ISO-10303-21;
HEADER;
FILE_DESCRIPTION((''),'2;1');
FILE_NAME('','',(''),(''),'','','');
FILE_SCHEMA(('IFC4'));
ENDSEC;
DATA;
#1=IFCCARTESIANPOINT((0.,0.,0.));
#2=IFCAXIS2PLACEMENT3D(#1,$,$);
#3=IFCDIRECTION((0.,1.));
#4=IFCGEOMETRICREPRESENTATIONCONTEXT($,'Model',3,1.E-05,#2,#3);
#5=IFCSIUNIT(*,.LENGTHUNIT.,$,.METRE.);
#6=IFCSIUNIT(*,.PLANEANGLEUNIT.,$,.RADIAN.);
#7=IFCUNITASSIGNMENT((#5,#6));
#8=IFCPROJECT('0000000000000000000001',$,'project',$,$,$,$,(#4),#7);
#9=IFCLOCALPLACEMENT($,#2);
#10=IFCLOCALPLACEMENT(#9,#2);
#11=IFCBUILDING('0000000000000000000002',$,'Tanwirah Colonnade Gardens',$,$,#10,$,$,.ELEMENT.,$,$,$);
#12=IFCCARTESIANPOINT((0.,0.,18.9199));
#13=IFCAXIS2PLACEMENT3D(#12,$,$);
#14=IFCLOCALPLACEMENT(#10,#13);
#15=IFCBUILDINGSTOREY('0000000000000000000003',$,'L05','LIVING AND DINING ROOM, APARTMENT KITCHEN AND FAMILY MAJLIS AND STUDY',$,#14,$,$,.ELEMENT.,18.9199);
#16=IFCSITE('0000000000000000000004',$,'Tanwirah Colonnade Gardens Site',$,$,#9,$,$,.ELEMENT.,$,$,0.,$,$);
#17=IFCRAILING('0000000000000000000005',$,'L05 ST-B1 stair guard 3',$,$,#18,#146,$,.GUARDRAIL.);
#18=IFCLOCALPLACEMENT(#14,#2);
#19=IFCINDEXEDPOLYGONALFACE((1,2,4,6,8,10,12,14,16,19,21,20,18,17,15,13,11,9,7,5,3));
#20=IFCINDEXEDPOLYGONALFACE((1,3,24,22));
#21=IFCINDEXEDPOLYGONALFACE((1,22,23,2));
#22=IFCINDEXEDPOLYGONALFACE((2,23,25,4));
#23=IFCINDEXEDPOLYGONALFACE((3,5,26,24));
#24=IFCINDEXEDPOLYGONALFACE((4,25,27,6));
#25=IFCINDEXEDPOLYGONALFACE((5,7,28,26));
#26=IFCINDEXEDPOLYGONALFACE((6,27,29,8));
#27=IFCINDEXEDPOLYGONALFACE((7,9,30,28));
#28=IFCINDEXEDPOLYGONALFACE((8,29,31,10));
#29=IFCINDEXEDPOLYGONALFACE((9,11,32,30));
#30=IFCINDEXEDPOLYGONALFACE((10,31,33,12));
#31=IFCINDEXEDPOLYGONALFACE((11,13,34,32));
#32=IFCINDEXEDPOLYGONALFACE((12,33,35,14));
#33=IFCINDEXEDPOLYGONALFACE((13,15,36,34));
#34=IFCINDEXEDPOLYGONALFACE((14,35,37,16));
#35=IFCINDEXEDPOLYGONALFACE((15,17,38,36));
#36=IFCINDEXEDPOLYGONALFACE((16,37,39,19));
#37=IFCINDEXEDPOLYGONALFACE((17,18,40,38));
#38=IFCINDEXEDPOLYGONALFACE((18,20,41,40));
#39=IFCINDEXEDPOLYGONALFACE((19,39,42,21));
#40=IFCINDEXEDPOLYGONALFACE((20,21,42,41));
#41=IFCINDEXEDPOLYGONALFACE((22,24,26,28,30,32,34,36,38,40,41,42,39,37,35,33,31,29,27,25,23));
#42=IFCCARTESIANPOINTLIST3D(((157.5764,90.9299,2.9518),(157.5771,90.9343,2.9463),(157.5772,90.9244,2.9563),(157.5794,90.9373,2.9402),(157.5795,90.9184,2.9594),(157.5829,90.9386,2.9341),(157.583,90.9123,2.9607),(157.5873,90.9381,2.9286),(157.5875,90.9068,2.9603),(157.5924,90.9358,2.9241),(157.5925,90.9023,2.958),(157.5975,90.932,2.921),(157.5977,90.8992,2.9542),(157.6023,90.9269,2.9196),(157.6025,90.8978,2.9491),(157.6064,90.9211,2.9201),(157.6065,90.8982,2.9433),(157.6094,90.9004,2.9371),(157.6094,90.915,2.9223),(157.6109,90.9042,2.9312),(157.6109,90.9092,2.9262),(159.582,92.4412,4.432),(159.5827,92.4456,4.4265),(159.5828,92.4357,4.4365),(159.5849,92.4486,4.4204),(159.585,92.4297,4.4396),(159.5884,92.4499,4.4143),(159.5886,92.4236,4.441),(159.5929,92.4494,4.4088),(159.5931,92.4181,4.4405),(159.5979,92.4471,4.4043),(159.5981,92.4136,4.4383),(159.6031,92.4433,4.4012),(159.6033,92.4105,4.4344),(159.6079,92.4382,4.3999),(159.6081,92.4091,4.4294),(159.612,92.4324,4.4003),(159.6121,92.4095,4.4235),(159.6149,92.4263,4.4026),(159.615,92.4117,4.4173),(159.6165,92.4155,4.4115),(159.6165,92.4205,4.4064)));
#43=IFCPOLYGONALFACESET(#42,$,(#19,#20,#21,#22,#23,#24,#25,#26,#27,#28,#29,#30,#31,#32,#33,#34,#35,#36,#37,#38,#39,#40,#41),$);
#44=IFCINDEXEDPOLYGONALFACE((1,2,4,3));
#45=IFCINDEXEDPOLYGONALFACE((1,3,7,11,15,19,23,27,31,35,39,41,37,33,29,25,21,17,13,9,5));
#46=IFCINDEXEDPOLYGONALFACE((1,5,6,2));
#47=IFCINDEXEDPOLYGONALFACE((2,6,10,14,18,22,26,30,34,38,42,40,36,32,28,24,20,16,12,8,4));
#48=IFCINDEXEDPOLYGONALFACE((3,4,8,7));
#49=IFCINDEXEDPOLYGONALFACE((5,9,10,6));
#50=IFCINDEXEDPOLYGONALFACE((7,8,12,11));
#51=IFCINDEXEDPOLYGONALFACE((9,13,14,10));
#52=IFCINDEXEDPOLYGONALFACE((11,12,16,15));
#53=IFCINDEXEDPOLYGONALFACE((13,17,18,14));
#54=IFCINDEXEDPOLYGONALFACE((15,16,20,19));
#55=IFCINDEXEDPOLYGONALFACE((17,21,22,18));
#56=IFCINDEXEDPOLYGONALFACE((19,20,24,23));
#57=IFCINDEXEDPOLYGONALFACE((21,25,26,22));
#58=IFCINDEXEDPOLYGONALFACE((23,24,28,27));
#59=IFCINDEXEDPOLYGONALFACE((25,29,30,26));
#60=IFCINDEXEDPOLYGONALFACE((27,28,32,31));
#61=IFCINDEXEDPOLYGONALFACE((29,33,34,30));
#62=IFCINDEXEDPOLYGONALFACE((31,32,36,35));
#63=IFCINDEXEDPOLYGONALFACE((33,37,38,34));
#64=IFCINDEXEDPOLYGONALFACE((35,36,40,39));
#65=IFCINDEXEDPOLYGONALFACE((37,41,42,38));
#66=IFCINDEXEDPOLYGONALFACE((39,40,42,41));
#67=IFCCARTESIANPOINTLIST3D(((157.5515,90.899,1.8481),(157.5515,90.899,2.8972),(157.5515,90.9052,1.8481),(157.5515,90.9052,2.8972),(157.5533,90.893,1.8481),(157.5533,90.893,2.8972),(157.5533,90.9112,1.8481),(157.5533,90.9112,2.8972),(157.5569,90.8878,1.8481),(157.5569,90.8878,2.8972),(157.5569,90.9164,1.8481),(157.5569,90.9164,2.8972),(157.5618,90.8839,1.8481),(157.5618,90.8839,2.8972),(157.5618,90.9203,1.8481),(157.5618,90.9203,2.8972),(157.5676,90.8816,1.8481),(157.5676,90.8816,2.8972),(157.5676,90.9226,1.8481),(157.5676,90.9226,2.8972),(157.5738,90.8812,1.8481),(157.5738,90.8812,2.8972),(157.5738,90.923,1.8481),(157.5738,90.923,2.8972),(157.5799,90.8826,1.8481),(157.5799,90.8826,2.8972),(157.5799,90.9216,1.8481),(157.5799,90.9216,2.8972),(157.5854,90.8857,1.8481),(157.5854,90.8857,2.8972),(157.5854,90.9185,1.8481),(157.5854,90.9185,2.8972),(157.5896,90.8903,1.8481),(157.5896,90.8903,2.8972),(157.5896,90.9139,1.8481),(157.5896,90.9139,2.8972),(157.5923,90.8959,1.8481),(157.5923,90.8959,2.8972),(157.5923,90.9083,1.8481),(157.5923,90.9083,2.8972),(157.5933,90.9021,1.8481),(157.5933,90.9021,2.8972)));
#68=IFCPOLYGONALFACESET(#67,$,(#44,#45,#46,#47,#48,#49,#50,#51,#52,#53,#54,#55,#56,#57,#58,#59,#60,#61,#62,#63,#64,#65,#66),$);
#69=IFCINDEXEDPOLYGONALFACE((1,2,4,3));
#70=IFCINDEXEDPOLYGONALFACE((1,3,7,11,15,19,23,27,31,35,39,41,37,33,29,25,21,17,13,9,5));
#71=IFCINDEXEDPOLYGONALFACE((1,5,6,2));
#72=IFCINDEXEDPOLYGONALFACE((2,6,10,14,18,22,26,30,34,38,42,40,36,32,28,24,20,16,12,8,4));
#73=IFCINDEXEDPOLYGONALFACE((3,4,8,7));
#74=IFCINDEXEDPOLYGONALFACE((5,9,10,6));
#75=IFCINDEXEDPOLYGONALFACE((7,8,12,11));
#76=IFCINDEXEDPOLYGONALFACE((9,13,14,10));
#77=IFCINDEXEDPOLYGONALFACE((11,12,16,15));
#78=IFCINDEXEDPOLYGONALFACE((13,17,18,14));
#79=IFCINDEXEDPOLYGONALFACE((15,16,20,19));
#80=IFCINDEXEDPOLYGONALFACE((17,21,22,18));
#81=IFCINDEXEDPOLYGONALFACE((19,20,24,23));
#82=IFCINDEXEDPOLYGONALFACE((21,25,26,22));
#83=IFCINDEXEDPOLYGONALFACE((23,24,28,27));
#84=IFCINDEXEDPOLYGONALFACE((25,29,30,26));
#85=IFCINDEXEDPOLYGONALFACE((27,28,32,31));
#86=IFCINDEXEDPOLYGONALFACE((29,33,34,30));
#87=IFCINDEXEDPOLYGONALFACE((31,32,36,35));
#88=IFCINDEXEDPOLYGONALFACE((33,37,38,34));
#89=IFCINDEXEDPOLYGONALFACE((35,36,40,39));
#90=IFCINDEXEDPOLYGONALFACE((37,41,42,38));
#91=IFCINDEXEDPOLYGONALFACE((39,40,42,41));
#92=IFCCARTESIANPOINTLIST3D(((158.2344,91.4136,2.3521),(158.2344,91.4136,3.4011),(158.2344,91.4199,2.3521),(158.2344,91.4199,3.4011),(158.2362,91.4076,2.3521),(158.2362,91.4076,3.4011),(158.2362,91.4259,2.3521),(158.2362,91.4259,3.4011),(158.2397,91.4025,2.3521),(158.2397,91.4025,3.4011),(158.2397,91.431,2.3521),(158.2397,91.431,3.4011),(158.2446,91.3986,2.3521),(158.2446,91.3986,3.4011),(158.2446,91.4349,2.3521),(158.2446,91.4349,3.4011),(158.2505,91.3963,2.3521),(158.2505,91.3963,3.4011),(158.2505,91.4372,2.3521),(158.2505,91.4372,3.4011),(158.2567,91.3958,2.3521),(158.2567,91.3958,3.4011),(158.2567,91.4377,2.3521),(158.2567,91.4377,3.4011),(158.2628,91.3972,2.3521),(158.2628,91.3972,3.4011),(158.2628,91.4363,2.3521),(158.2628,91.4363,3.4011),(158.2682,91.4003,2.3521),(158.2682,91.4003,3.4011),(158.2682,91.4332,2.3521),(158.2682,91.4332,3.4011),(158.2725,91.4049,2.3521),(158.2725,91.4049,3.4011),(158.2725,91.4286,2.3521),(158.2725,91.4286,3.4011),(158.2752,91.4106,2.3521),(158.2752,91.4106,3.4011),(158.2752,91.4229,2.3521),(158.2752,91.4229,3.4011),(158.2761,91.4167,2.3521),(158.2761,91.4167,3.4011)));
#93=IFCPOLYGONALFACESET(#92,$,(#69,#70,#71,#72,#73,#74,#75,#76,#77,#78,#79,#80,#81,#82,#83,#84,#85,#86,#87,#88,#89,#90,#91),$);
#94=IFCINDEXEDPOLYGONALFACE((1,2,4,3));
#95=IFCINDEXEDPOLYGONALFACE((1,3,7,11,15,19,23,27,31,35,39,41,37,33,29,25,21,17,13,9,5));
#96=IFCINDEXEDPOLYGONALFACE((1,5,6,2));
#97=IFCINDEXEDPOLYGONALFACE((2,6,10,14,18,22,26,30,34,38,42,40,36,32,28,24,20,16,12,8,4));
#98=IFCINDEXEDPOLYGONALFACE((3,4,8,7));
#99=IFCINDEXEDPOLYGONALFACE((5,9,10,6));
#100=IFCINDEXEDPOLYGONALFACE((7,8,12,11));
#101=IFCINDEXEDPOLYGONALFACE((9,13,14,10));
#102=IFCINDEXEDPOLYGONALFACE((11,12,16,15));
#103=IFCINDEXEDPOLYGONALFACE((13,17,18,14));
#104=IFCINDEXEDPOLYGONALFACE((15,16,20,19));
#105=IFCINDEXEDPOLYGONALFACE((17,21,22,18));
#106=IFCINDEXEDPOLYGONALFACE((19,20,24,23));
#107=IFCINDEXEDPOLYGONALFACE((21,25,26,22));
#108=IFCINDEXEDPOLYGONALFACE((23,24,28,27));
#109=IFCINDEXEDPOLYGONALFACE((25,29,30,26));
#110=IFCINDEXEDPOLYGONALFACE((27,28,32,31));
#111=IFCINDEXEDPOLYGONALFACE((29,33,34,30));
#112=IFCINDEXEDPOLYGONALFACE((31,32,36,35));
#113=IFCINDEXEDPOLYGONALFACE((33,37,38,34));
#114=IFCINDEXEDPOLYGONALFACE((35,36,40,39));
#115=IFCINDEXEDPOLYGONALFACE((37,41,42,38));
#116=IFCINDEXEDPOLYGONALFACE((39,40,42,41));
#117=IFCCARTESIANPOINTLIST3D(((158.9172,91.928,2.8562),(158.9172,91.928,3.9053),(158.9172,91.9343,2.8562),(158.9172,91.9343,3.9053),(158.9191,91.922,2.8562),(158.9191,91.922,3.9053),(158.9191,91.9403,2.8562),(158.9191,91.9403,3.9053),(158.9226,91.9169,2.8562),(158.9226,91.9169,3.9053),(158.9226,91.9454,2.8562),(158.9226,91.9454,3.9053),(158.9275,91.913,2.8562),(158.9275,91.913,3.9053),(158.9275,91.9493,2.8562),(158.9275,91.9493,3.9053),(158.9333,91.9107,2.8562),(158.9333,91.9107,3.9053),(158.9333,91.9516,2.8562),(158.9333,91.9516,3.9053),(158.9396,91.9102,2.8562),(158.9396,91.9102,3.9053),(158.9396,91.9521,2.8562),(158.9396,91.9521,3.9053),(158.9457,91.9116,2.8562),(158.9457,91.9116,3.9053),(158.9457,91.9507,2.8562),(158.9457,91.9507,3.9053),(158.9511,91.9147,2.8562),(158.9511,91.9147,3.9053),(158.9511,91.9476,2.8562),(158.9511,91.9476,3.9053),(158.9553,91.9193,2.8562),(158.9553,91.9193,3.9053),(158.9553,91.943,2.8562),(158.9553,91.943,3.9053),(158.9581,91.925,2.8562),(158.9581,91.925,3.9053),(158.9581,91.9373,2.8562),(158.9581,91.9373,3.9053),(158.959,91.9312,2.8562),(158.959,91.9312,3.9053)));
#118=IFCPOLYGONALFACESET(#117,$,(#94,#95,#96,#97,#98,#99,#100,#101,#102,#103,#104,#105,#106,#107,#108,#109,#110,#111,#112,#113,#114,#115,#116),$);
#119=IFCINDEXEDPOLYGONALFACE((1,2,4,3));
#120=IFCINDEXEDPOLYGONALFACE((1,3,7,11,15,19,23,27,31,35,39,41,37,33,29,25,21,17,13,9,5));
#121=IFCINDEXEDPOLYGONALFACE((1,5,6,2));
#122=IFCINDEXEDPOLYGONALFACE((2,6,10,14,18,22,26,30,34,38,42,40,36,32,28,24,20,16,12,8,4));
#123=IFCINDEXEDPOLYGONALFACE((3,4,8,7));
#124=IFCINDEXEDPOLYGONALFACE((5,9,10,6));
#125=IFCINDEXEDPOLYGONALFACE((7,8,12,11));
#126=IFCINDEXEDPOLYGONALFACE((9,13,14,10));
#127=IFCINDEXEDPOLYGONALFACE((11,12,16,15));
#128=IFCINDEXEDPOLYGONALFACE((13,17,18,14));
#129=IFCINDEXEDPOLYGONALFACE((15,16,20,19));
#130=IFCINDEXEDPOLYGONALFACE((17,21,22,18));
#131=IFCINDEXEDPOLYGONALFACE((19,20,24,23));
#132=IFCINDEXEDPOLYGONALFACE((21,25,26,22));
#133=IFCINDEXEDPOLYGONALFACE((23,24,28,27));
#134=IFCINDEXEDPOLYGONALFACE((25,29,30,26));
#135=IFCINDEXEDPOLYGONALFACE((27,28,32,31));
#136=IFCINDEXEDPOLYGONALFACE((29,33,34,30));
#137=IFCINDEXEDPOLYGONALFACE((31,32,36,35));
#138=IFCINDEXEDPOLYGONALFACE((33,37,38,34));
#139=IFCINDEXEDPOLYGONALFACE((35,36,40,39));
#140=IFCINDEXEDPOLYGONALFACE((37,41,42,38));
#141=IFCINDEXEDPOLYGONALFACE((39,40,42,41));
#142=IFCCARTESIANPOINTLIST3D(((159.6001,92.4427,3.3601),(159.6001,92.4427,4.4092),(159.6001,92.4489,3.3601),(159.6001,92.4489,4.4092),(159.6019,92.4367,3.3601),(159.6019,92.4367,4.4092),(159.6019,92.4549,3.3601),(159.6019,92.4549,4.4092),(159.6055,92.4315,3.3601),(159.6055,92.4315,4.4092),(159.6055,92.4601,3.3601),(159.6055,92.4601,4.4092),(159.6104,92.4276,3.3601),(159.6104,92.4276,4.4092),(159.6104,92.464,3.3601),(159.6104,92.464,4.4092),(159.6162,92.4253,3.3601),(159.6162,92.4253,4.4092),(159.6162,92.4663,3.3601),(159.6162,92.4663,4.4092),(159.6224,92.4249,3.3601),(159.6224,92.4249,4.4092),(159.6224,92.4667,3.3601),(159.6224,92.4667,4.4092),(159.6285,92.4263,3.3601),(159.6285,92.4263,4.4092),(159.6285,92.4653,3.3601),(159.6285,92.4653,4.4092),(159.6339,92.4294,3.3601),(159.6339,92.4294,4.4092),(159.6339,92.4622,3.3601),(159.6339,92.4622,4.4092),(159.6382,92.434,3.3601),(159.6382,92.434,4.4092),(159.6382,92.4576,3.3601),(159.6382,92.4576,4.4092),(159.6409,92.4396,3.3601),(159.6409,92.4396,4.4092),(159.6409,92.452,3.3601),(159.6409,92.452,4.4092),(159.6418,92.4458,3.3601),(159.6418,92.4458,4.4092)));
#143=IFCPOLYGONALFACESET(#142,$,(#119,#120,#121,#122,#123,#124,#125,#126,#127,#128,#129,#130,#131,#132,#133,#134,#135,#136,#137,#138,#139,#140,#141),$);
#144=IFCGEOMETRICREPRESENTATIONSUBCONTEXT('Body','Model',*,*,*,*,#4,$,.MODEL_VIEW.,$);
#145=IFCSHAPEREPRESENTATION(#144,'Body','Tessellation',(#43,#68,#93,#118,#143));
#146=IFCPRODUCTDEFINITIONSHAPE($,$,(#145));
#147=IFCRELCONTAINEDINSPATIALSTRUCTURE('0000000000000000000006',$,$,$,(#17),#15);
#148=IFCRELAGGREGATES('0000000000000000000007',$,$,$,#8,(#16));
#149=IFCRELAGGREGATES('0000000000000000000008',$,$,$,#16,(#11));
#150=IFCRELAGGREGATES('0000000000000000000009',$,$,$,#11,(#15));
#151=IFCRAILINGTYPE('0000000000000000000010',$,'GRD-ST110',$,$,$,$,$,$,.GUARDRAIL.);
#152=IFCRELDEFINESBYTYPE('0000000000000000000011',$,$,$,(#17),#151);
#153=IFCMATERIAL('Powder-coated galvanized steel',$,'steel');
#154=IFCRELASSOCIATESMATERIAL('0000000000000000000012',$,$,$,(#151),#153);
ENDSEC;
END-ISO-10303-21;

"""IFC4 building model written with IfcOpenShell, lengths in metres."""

from ifc_helpers import new_model, si_unit, direction, frame, origin, origin_2d, place, context, subcontext, project, spatial, circle, extrude, material, type_object, element, save


model = new_model("IFC4")

# Units and contexts
model_context = context("Model", 3, precision=1e-05, world=origin(), true_north=direction((0.0, 1.0)))
body_context = subcontext(model_context, "Body", "Model", "MODEL_VIEW")
ifc_project = project(units=[si_unit("LENGTHUNIT", "METRE"), si_unit("PLANEANGLEUNIT", "RADIAN")], contexts=[model_context])

# Site, building, storey
site_placement = place(None, origin())
site = spatial("IfcSite", under=ifc_project, at=site_placement, Name="Tanwirah Colonnade Gardens Site", CompositionType="ELEMENT", RefElevation=0.0)
building_placement = place(site_placement, origin())
building = spatial("IfcBuilding", under=site, at=building_placement, Name="Tanwirah Colonnade Gardens", CompositionType="ELEMENT")
storey_placement = place(building_placement, frame((0.0, 0.0, 18.9199)))
storey = spatial("IfcBuildingStorey", under=building, at=storey_placement, Name="L05", Description="LIVING AND DINING ROOM, APARTMENT KITCHEN AND FAMILY MAJLIS AND STUDY", CompositionType="ELEMENT", Elevation=18.9199)

# Railing
ifc_material_1 = material(Name="Powder-coated galvanized steel", Category="steel")
railing_type_1 = type_object("IfcRailingType", Name="GRD-ST110", PredefinedType="GUARDRAIL", material=ifc_material_1)
railing_1_placement = place(storey_placement, frame((157.5723, 90.9021, 1.8481)))
element("IfcRailing", 1, at=railing_1_placement, inside=storey, type_object=railing_type_1, Name="L05 ST-B1 stair guard 3", PredefinedType="GUARDRAIL", context=body_context, shape_type="SweptSolid", body=[
    extrude(circle(Radius=0.0239, at=origin_2d()), frame((0.0215, 0.0161, 1.092), z_axis=(0.688012, 0.518449, 0.507789), x_axis=(-0.601811, 0.798639, 0.0)), (0.0, 0.0, 1.0), 2.915),
    extrude(circle(Radius=0.021, at=origin_2d()), origin(), (0.0, 0.0, 1.0), 1.0491),
    extrude(circle(Radius=0.021, at=origin_2d()), frame((0.6829, 0.5146, 0.5039)), (0.0, 0.0, 1.0), 1.0491),
    extrude(circle(Radius=0.021, at=origin_2d()), frame((1.3657, 1.0291, 1.0081)), (0.0, 0.0, 1.0), 1.0491),
    extrude(circle(Radius=0.021, at=origin_2d()), frame((2.0486, 1.5437, 1.512)), (0.0, 0.0, 1.0), 1.0491),
])

save(model, "model.ifc")
